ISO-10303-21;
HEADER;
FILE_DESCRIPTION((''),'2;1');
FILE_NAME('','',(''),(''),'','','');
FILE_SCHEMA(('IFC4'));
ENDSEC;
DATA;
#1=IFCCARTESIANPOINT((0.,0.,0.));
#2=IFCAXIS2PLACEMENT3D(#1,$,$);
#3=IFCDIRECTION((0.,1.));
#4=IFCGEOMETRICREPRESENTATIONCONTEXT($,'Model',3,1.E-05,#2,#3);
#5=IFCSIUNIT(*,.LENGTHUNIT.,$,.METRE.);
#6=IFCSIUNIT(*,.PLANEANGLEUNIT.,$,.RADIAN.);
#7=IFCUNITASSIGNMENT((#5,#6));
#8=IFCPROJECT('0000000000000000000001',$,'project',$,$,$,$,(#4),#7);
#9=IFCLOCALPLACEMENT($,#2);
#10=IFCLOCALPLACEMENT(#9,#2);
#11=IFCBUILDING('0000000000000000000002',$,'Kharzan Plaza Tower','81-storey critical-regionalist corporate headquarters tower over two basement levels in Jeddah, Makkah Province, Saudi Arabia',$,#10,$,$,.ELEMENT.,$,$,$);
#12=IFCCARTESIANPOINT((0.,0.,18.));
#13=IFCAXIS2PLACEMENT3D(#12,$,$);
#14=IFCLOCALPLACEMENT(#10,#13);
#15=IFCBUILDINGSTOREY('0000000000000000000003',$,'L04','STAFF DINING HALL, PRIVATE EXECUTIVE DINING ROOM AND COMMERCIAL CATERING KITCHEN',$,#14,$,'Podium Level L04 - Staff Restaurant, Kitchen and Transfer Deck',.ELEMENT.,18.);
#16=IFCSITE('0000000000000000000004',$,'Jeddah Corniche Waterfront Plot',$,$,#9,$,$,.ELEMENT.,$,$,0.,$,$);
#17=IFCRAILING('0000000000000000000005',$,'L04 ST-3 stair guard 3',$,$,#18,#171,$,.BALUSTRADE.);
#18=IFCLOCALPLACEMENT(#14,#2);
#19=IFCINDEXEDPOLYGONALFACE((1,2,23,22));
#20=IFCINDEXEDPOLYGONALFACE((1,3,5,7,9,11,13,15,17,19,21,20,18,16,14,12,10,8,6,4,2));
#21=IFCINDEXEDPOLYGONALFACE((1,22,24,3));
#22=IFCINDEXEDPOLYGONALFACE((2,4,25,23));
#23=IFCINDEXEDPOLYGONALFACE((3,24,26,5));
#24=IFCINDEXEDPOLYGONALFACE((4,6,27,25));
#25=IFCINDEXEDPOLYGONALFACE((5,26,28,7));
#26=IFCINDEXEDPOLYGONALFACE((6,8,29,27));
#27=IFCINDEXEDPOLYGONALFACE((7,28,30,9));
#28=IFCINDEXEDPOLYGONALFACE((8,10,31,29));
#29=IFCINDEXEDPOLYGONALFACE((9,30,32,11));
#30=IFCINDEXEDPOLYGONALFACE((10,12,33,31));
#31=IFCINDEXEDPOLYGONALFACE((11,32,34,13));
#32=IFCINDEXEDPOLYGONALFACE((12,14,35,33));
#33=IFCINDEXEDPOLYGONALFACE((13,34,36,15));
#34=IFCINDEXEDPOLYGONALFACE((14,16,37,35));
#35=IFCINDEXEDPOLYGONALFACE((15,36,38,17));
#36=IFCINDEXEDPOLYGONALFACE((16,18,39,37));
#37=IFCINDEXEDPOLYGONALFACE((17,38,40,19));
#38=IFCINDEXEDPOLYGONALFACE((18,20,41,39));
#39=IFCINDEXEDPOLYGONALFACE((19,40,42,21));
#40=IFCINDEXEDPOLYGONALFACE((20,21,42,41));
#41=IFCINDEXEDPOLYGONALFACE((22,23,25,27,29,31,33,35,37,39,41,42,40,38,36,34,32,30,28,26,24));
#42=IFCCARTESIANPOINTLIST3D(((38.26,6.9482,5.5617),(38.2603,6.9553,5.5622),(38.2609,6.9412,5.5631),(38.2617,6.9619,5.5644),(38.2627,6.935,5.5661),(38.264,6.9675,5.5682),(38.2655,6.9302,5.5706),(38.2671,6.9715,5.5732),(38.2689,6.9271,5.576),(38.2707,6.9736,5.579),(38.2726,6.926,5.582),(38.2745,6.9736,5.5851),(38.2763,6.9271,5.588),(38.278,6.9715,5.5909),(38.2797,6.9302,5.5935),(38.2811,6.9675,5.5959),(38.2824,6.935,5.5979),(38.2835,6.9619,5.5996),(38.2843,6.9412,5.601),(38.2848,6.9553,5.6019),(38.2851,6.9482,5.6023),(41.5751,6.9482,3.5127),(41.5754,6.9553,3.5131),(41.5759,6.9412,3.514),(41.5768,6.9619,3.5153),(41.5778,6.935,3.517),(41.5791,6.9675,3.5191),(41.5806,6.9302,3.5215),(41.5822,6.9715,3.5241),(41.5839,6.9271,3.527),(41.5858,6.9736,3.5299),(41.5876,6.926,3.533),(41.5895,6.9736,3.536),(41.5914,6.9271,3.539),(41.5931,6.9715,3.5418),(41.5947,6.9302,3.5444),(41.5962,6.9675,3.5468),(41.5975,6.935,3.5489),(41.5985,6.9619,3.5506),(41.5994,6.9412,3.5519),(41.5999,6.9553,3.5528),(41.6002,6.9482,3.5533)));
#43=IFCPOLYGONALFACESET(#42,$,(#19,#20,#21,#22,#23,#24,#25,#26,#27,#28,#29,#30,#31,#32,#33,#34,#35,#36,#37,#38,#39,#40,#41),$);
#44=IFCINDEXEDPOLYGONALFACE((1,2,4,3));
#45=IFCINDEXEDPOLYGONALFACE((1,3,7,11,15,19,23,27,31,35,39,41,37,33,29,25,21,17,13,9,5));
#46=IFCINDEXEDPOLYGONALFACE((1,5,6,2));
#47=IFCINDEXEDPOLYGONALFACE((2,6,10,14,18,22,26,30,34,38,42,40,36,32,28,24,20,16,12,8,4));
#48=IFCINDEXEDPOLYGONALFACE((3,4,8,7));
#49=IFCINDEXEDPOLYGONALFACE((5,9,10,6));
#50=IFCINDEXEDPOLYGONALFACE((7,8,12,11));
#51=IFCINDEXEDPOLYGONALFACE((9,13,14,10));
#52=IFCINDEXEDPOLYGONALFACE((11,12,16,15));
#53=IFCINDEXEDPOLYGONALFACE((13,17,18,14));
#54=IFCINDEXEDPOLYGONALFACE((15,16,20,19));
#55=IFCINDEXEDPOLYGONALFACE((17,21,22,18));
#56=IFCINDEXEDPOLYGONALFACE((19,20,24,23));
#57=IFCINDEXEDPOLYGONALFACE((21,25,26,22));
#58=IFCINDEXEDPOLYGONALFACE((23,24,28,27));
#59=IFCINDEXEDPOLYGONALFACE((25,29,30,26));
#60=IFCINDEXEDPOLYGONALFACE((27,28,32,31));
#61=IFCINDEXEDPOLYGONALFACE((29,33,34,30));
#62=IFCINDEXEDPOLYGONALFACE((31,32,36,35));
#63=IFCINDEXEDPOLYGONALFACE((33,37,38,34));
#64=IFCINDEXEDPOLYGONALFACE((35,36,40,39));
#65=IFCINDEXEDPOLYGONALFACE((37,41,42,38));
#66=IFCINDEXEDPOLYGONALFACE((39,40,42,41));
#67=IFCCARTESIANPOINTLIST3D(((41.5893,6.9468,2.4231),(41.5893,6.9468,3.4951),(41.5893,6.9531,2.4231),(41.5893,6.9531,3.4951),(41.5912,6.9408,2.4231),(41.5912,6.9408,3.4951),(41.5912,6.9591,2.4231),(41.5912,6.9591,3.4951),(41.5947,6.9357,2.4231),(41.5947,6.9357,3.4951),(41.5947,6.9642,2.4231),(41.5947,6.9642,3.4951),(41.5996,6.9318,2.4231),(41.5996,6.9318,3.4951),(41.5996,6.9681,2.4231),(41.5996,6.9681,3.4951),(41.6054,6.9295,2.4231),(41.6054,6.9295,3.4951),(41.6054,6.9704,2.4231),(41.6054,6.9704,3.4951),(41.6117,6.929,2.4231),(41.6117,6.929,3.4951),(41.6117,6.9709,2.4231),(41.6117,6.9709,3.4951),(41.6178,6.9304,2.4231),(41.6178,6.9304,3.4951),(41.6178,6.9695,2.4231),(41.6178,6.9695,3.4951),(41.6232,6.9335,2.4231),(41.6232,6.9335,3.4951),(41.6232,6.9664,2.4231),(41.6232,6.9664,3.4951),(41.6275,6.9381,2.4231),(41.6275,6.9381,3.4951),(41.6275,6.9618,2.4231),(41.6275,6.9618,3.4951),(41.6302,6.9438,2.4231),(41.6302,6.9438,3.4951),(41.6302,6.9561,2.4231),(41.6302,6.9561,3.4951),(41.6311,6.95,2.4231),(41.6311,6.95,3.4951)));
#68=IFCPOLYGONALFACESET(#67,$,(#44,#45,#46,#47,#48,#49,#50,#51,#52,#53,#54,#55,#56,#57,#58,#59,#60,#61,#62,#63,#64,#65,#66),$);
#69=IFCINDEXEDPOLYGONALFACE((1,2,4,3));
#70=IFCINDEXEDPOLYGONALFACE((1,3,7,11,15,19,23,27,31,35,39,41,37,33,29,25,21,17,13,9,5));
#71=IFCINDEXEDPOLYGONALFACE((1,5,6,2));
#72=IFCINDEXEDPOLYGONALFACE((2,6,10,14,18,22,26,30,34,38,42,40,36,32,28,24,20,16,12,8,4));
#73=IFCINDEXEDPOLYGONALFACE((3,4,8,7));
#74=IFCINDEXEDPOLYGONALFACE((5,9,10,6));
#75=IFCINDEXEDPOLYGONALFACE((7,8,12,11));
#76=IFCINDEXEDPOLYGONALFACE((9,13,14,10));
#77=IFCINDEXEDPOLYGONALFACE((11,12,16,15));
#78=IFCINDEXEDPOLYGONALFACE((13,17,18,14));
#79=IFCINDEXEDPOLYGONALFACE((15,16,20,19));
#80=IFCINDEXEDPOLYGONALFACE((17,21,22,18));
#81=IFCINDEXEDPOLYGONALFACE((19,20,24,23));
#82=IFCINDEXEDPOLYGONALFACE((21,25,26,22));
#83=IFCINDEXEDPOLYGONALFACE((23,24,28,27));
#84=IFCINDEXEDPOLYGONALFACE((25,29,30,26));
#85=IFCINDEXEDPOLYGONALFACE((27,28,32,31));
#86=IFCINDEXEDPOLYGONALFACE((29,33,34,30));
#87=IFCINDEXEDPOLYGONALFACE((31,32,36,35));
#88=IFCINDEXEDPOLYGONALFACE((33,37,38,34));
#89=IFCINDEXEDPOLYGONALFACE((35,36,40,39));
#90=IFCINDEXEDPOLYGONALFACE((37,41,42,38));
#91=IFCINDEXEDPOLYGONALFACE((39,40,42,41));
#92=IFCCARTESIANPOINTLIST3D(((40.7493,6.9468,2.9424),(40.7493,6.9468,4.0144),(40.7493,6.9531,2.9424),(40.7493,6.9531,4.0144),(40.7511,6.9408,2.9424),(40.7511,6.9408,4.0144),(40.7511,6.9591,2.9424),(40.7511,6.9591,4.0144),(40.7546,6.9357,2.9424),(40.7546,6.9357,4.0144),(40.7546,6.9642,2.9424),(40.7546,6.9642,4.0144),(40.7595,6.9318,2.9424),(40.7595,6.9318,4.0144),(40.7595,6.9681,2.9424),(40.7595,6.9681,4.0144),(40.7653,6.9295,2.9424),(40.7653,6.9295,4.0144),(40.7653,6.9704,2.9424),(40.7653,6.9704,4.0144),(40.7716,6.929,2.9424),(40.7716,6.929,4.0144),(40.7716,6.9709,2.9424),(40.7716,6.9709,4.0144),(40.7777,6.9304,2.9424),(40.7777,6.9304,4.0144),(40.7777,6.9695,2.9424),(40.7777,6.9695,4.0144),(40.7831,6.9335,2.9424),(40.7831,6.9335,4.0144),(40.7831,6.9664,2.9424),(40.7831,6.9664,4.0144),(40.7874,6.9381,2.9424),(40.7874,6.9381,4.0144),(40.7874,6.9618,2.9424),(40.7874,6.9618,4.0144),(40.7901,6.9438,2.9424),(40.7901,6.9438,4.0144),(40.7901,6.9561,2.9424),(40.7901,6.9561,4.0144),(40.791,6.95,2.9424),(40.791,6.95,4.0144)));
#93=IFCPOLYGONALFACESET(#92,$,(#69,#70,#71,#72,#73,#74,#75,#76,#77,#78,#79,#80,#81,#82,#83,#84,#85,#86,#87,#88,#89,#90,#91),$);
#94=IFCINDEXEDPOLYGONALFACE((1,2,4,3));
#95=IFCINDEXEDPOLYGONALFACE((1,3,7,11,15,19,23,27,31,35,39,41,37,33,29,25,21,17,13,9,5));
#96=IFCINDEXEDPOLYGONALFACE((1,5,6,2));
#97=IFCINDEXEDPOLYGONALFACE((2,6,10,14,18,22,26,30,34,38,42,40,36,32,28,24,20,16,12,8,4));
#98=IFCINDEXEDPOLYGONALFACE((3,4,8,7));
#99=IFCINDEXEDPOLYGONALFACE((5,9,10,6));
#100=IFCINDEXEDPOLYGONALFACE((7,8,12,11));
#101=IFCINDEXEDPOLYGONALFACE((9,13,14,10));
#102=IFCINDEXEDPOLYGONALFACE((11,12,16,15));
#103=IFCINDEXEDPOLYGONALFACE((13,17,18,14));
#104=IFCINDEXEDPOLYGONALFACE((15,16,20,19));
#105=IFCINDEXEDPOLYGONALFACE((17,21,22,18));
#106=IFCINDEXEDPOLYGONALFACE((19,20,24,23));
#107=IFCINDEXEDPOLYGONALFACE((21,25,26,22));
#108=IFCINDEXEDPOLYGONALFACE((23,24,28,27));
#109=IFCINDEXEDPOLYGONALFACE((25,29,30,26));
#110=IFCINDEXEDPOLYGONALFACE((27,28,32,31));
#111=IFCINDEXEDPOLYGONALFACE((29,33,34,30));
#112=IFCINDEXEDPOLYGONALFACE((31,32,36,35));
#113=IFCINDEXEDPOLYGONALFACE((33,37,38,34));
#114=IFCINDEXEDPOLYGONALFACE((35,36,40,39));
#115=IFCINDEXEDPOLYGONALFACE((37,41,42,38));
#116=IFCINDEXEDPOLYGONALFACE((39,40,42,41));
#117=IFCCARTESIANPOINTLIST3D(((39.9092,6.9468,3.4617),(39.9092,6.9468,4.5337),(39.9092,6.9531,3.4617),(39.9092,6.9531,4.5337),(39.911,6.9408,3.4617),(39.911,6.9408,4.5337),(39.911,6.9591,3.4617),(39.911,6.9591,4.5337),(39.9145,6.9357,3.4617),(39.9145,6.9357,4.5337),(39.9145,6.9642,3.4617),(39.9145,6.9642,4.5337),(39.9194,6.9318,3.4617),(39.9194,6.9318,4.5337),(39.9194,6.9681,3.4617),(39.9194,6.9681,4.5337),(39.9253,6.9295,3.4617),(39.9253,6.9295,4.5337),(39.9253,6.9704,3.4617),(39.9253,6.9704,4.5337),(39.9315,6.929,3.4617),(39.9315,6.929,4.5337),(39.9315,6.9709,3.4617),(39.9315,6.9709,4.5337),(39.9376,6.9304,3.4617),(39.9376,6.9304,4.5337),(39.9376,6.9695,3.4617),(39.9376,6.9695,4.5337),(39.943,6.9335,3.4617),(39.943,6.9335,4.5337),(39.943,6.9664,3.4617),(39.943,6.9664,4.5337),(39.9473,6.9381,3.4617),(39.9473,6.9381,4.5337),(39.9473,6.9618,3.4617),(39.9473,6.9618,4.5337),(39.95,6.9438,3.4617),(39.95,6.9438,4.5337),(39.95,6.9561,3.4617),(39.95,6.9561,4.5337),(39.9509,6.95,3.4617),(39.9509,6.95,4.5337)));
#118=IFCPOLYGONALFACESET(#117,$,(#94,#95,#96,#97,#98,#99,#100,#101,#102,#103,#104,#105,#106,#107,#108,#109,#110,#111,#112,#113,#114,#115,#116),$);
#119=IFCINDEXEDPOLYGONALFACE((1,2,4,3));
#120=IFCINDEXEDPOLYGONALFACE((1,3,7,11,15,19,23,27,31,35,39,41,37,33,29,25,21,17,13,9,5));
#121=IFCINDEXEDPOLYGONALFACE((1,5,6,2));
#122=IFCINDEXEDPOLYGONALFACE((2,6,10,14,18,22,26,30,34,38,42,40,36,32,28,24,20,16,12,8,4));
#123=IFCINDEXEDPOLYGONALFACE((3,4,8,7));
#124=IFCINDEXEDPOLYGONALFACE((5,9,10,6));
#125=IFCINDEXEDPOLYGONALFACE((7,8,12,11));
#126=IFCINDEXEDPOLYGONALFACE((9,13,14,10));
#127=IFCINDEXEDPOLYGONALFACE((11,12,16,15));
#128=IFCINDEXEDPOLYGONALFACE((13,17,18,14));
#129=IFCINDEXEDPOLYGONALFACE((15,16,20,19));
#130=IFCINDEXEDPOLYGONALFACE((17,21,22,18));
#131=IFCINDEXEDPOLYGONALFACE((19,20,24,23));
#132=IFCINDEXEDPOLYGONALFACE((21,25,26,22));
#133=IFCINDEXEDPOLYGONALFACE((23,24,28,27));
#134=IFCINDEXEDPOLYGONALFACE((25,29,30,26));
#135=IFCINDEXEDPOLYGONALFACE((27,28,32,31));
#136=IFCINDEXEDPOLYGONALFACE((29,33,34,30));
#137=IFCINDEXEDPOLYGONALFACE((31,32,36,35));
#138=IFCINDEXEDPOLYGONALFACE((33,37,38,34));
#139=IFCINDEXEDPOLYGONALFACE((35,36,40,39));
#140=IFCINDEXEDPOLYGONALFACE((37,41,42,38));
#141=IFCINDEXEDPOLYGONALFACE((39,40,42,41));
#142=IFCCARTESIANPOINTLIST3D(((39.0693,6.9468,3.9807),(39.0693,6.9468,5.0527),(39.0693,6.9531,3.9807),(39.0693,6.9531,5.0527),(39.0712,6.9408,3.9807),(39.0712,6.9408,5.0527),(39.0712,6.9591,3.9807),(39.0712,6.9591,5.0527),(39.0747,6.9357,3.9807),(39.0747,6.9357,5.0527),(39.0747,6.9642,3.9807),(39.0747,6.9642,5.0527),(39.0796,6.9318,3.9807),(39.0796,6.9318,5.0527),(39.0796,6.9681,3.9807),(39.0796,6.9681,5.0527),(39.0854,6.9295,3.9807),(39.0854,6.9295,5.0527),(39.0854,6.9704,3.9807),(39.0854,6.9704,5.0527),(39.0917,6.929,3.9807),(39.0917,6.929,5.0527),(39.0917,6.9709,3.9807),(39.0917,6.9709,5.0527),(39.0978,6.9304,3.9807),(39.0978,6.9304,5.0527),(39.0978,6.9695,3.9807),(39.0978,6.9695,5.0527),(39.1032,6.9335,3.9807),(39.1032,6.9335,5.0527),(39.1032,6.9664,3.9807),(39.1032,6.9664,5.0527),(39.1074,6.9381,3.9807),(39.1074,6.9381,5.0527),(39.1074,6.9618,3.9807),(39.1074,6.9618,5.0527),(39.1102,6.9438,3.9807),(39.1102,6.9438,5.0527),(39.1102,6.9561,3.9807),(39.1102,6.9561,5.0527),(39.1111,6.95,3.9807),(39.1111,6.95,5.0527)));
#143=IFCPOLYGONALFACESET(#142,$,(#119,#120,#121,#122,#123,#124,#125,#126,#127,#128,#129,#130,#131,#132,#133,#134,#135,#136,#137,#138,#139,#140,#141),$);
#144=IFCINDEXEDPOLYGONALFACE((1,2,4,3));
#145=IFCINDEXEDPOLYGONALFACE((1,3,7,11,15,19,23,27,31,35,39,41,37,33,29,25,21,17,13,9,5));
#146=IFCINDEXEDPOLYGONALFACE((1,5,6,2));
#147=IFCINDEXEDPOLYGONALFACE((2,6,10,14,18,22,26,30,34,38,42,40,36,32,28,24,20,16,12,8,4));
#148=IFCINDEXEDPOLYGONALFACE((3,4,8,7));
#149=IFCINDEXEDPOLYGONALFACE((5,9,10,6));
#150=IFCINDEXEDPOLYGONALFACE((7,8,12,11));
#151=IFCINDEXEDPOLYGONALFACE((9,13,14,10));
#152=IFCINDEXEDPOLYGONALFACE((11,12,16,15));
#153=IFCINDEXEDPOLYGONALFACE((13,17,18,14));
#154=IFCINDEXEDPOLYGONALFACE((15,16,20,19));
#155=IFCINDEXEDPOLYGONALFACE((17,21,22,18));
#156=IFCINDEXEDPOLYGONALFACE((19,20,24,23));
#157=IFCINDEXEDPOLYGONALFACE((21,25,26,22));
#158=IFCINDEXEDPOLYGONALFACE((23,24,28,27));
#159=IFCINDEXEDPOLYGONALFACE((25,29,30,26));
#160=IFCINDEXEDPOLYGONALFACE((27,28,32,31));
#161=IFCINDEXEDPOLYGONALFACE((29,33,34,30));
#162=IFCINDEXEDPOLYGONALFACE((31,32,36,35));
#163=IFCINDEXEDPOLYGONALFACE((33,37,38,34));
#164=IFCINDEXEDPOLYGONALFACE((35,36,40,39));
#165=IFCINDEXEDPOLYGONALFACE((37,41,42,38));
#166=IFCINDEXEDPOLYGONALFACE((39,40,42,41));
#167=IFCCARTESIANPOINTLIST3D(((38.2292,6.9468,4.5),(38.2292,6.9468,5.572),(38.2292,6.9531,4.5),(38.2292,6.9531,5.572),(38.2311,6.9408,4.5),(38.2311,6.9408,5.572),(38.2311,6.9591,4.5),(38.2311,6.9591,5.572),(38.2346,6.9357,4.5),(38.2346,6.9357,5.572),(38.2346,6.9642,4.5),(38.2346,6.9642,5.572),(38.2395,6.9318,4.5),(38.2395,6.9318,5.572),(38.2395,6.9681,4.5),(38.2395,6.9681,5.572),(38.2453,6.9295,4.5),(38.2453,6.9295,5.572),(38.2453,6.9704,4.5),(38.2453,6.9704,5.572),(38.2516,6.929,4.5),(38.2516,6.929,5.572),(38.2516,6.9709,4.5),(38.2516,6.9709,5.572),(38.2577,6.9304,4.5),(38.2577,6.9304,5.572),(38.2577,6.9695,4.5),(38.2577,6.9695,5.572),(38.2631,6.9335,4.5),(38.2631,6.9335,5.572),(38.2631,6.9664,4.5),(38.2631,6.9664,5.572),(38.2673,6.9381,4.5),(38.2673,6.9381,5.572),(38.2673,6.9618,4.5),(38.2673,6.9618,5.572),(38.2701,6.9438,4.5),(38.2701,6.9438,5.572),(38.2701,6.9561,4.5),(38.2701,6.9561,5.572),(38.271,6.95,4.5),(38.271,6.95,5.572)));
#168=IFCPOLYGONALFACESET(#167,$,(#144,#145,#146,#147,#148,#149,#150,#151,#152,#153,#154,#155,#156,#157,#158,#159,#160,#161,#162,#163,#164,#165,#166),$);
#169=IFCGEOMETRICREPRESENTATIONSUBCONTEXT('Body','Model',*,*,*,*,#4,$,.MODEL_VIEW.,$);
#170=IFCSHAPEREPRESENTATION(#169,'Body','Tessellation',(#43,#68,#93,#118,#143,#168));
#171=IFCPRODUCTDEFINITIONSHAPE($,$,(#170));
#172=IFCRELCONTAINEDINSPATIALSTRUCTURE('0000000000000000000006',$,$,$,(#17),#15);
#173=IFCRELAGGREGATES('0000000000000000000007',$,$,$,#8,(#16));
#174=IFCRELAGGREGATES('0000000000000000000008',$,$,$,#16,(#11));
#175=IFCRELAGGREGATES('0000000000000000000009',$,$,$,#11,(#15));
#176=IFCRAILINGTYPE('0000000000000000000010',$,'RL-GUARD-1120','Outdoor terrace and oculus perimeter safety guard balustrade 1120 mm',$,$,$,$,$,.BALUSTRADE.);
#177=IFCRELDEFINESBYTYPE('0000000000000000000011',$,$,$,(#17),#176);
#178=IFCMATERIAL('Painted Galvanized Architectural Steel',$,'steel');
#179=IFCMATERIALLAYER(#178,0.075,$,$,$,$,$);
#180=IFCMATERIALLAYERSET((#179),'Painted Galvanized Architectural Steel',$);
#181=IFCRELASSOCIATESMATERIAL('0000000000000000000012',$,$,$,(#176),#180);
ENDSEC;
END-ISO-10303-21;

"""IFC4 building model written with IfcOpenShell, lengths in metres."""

from ifc_helpers import new_model, si_unit, direction, frame, origin, origin_2d, place, context, subcontext, project, spatial, circle, extrude, source, transform, mapped, material, layer, layer_set, type_object, element, save


model = new_model("IFC4")

# Units and contexts
model_context = context("Model", 3, precision=1e-05, world=origin(), true_north=direction((0.0, 1.0)))
body_context = subcontext(model_context, "Body", "Model", "MODEL_VIEW")
ifc_project = project(units=[si_unit("LENGTHUNIT", "METRE"), si_unit("PLANEANGLEUNIT", "RADIAN")], contexts=[model_context])

# Site, building, storey
site_placement = place(None, origin())
site = spatial("IfcSite", under=ifc_project, at=site_placement, Name="Jeddah Corniche Waterfront Plot", CompositionType="ELEMENT", RefElevation=0.0)
building_placement = place(site_placement, origin())
building = spatial("IfcBuilding", under=site, at=building_placement, Name="Kharzan Plaza Tower", Description="81-storey critical-regionalist corporate headquarters tower over two basement levels in Jeddah, Makkah Province, Saudi Arabia", CompositionType="ELEMENT")
storey_placement = place(building_placement, frame((0.0, 0.0, 18.0)))
storey = spatial("IfcBuildingStorey", under=building, at=storey_placement, Name="L04", Description="STAFF DINING HALL, PRIVATE EXECUTIVE DINING ROOM AND COMMERCIAL CATERING KITCHEN", LongName="Podium Level L04 - Staff Restaurant, Kitchen and Transfer Deck", CompositionType="ELEMENT", Elevation=18.0)

# Railing
ifc_material_1 = material(Name="Painted Galvanized Architectural Steel", Category="steel")
ifc_layer_1 = layer(ifc_material_1, 0.075)
ifc_layer_set_1 = layer_set([ifc_layer_1], Name="Painted Galvanized Architectural Steel")
railing_type_1 = type_object("IfcRailingType", Name="RL-GUARD-1120", Description="Outdoor terrace and oculus perimeter safety guard balustrade 1120 mm", PredefinedType="BALUSTRADE", material=ifc_layer_set_1)
shared_shape_1 = source(origin(), body_context, "Body", "SweptSolid", [
    extrude(circle(Radius=0.0239, at=origin_2d()), frame((-0.0225, 0.0, 1.1099), z_axis=(-0.850623, 0.0, 0.525776), x_axis=(0.0, -1.0, 0.0)), (0.0, 0.0, 1.0), 3.8972),
    extrude(circle(Radius=0.021, at=origin_2d()), origin(), (0.0, 0.0, 1.0), 1.072),
    extrude(circle(Radius=0.021, at=origin_2d()), frame((-0.8401, 0.0, 0.5193)), (0.0, 0.0, 1.0), 1.072),
    extrude(circle(Radius=0.021, at=origin_2d()), frame((-1.6802, 0.0, 1.0386)), (0.0, 0.0, 1.0), 1.072),
    extrude(circle(Radius=0.021, at=origin_2d()), frame((-2.52, 0.0, 1.5576)), (0.0, 0.0, 1.0), 1.072),
    extrude(circle(Radius=0.021, at=origin_2d()), frame((-3.3601, 0.0, 2.0769)), (0.0, 0.0, 1.0), 1.072),
])
railing_1_placement = place(storey_placement, frame((41.6101, 6.95, 2.4231)))
element("IfcRailing", 1, at=railing_1_placement, inside=storey, type_object=railing_type_1, Name="L04 ST-3 stair guard 3", PredefinedType="BALUSTRADE", context=body_context, shape_type="MappedRepresentation", body=[
    mapped(shared_shape_1, transform((0.0, 0.0, 0.0), x_axis=(1.0, 0.0, 0.0), y_axis=(0.0, 1.0, 0.0), z_axis=(0.0, 0.0, 1.0))),
])

save(model, "model.ifc")
